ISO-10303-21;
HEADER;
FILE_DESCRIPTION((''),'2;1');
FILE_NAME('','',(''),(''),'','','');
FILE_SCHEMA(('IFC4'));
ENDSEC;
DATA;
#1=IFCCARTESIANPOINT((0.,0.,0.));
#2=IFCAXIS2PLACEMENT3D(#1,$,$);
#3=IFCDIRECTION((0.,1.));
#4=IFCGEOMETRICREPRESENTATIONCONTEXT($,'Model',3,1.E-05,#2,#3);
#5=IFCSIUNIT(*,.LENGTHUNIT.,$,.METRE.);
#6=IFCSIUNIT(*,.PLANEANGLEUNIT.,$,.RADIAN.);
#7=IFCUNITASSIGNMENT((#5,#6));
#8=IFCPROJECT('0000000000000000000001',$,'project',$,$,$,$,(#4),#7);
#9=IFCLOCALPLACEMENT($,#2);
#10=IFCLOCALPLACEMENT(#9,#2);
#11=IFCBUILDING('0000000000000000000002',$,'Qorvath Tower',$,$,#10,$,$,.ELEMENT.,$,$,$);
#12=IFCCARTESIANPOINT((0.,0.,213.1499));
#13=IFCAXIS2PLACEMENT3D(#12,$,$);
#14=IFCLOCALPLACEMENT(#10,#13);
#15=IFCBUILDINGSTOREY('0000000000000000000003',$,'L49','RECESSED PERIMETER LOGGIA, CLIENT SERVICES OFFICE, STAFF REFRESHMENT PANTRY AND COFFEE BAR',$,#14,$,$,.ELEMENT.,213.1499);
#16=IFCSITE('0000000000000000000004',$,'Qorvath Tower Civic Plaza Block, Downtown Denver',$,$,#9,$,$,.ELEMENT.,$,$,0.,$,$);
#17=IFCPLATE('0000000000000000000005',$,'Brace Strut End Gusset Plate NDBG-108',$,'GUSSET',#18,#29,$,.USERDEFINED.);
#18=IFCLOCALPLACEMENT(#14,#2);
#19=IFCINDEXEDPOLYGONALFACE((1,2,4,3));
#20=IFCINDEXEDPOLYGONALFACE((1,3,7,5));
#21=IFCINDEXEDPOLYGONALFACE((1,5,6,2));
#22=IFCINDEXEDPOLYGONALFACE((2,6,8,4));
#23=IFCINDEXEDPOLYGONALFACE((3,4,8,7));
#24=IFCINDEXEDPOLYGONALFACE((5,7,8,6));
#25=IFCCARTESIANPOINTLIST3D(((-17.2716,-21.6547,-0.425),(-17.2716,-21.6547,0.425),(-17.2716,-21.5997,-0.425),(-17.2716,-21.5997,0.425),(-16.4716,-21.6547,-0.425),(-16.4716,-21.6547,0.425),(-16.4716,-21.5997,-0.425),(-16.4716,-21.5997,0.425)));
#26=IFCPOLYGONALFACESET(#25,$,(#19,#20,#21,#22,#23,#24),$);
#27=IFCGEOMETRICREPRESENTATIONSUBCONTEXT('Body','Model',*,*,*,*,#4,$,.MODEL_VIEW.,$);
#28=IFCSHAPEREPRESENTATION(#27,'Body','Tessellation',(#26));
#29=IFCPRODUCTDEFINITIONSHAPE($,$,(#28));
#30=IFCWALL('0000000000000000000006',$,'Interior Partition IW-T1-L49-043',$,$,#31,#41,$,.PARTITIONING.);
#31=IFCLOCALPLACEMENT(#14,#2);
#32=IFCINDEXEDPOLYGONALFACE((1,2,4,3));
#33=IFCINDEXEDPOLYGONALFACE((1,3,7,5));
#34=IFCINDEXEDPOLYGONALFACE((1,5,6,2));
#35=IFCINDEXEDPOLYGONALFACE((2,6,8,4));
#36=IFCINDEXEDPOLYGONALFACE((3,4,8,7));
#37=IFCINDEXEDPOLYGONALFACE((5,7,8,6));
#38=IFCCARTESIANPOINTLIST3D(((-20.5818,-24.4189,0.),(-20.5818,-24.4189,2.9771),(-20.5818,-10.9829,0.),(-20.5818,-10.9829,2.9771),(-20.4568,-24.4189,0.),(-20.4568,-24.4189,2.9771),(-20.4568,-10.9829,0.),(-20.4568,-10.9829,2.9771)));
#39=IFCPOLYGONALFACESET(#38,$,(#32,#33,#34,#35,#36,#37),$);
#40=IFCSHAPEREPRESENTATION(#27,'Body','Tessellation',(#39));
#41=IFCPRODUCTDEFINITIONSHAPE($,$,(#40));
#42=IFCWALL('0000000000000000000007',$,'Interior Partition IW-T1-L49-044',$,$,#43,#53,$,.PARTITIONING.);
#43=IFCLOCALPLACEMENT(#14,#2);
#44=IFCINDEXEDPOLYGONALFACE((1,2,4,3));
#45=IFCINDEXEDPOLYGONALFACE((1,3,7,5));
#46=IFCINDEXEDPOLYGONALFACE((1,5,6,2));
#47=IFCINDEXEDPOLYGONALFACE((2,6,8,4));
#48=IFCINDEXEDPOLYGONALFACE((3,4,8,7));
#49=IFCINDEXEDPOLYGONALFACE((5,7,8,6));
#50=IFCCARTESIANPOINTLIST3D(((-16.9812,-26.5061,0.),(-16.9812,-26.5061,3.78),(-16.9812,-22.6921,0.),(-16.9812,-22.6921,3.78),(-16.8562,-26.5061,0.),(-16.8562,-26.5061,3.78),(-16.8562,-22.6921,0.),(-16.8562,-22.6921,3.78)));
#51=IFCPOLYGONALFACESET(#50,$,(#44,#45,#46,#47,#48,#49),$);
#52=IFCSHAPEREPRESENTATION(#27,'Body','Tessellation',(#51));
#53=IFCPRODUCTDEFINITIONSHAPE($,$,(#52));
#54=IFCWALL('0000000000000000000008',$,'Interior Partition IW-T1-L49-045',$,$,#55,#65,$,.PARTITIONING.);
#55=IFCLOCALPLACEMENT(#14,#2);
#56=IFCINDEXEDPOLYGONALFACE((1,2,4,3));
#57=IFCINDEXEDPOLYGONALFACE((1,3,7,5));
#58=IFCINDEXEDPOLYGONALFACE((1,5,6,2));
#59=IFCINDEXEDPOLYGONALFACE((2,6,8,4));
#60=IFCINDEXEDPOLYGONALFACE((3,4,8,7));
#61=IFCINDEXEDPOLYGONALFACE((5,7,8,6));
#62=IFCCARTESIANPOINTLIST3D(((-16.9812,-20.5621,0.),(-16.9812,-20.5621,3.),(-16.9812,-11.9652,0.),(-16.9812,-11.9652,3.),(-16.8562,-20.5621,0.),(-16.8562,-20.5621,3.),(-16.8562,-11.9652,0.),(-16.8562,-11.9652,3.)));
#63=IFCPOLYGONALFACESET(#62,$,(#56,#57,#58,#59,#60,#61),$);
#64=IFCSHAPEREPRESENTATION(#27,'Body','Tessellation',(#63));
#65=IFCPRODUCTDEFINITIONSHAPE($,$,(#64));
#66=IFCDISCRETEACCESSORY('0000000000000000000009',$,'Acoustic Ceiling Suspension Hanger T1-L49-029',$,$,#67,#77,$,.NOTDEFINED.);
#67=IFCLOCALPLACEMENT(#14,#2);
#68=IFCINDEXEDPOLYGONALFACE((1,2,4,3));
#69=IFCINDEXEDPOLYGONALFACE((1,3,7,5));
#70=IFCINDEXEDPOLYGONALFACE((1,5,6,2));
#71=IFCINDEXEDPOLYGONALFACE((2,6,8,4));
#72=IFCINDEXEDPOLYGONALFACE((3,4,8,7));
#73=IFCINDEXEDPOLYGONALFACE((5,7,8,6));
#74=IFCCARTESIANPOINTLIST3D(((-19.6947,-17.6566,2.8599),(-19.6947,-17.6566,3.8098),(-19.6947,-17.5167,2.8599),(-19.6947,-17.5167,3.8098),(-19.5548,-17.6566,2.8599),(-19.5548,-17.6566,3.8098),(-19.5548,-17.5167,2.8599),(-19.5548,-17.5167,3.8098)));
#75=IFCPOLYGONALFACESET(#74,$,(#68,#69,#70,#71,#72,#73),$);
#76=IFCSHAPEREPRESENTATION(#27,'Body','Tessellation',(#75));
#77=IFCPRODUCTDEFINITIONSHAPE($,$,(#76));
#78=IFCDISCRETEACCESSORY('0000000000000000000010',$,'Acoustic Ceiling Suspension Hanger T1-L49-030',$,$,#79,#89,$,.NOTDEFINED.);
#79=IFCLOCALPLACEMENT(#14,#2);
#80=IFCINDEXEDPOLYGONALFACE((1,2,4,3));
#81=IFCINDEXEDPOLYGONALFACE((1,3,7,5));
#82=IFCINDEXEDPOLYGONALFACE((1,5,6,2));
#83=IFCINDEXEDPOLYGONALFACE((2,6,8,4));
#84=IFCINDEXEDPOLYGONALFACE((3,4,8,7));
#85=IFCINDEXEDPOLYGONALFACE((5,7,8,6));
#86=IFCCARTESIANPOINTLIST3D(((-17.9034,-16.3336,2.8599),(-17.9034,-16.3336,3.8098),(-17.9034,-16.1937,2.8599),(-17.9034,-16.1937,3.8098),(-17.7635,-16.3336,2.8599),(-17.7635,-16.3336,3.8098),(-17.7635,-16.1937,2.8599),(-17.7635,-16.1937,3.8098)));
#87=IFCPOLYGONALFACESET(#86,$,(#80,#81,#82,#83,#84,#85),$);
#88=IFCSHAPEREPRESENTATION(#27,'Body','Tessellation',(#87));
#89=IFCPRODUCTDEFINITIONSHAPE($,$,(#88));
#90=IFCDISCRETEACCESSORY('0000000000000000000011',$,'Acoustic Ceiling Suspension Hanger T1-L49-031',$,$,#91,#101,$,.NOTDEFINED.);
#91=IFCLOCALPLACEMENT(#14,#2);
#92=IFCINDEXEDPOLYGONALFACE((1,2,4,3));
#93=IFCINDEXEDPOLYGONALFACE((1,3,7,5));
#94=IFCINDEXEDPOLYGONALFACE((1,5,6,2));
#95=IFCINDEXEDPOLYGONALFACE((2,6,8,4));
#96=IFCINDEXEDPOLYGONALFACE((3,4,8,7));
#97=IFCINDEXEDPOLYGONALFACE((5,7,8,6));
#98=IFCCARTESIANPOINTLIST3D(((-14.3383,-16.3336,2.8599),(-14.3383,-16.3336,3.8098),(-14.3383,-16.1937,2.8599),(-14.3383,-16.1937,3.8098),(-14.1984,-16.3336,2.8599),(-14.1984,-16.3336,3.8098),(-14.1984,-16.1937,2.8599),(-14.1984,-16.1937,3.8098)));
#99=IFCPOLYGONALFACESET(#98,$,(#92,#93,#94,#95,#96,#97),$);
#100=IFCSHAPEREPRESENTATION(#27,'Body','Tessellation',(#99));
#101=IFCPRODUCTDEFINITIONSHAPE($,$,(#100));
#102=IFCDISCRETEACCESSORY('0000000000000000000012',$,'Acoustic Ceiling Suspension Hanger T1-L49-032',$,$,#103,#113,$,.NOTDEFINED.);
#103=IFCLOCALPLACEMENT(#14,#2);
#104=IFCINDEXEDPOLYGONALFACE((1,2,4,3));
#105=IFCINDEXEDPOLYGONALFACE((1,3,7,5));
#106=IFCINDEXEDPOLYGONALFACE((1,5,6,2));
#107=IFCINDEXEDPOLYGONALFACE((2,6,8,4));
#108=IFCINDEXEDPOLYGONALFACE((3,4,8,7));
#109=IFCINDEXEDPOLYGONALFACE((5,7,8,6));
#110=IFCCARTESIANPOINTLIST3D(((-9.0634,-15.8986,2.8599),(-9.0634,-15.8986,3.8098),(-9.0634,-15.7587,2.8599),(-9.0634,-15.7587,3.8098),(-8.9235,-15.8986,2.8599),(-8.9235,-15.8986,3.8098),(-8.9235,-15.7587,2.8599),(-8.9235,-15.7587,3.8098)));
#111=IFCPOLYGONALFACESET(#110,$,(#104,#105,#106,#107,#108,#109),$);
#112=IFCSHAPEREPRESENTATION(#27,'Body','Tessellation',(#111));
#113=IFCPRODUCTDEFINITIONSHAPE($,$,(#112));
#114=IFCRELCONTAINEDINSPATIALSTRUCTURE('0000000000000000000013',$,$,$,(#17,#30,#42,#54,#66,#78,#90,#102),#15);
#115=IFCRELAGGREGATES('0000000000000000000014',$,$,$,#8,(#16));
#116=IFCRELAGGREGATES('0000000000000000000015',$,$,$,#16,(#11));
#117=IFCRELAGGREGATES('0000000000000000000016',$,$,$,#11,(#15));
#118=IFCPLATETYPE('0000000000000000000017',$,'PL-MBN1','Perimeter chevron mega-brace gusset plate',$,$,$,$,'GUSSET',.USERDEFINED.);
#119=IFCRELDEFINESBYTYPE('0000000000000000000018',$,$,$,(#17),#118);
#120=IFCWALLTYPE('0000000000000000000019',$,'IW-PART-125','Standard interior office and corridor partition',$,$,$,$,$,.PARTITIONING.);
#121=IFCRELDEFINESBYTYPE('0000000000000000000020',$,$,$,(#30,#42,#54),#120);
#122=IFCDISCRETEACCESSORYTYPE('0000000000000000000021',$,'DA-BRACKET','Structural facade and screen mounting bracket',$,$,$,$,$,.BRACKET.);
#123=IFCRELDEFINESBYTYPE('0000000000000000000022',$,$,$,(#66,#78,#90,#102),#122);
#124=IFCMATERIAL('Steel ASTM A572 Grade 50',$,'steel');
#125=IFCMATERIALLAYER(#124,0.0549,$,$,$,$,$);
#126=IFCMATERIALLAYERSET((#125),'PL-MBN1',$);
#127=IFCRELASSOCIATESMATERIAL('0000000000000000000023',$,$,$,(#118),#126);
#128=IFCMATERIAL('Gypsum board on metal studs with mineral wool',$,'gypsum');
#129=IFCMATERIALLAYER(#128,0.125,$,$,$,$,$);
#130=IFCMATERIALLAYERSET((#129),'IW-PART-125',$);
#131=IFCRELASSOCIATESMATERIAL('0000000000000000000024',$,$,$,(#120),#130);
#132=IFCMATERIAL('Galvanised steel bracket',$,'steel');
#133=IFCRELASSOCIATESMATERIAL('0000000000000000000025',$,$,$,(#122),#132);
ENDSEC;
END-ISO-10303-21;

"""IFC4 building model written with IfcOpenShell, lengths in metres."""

from ifc_helpers import new_model, si_unit, direction, frame, frame_2d, origin, origin_2d, place, context, subcontext, project, spatial, rectangle, extrude, material, layer, layer_set, type_object, element, save


model = new_model("IFC4")

# Units and contexts
model_context = context("Model", 3, precision=1e-05, world=origin(), true_north=direction((0.0, 1.0)))
body_context = subcontext(model_context, "Body", "Model", "MODEL_VIEW")
ifc_project = project(units=[si_unit("LENGTHUNIT", "METRE"), si_unit("PLANEANGLEUNIT", "RADIAN")], contexts=[model_context])

# Site, building, storey
site_placement = place(None, origin())
site = spatial("IfcSite", under=ifc_project, at=site_placement, Name="Qorvath Tower Civic Plaza Block, Downtown Denver", CompositionType="ELEMENT", RefElevation=0.0)
building_placement = place(site_placement, origin())
building = spatial("IfcBuilding", under=site, at=building_placement, Name="Qorvath Tower", CompositionType="ELEMENT")
storey_placement = place(building_placement, frame((0.0, 0.0, 213.1499)))
storey = spatial("IfcBuildingStorey", under=building, at=storey_placement, Name="L49", Description="RECESSED PERIMETER LOGGIA, CLIENT SERVICES OFFICE, STAFF REFRESHMENT PANTRY AND COFFEE BAR", CompositionType="ELEMENT", Elevation=213.1499)

# Plate
ifc_material_1 = material(Name="Steel ASTM A572 Grade 50", Category="steel")
ifc_layer_1 = layer(ifc_material_1, 0.0549)
ifc_layer_set_1 = layer_set([ifc_layer_1], Name="PL-MBN1")
plate_type_1 = type_object("IfcPlateType", Name="PL-MBN1", Description="Perimeter chevron mega-brace gusset plate", ElementType="GUSSET", PredefinedType="USERDEFINED", material=ifc_layer_set_1)
plate_1_placement = place(storey_placement, frame((-16.8716, -21.6272, -0.425), z_axis=(0.0, 0.0, 1.0), x_axis=(1.0, 0.0, 0.0)))
element("IfcPlate", 1, at=plate_1_placement, inside=storey, type_object=plate_type_1, Name="Brace Strut End Gusset Plate NDBG-108", ObjectType="GUSSET", PredefinedType="USERDEFINED", context=body_context, shape_type="SweptSolid", body=[
    extrude(rectangle(XDim=0.8, YDim=0.0549, at=origin_2d()), origin(), (0.0, 0.0, 1.0), 0.8501),
])

# Walls
ifc_material_2 = material(Name="Gypsum board on metal studs with mineral wool", Category="gypsum")
ifc_layer_2 = layer(ifc_material_2, 0.125)
ifc_layer_set_2 = layer_set([ifc_layer_2], Name="IW-PART-125")
wall_type = type_object("IfcWallType", Name="IW-PART-125", Description="Standard interior office and corridor partition", PredefinedType="PARTITIONING", material=ifc_layer_set_2)
wall_1_placement = place(storey_placement, frame((-20.5193, -24.4189, 0.0), z_axis=(0.0, 0.0, 1.0), x_axis=(0.0, 1.0, 0.0)))
element("IfcWall", 2, at=wall_1_placement, inside=storey, type_object=wall_type, Name="Interior Partition IW-T1-L49-043", PredefinedType="PARTITIONING", context=body_context, shape_type="SweptSolid", body=[
    extrude(rectangle(XDim=13.436, YDim=0.125, at=frame_2d((6.718, 0.0))), origin(), (0.0, 0.0, 1.0), 2.9771),
])
wall_2_placement = place(storey_placement, frame((-16.9187, -26.5061, 0.0), z_axis=(0.0, 0.0, 1.0), x_axis=(0.0, 1.0, 0.0)))
element("IfcWall", 3, at=wall_2_placement, inside=storey, type_object=wall_type, Name="Interior Partition IW-T1-L49-044", PredefinedType="PARTITIONING", context=body_context, shape_type="SweptSolid", body=[
    extrude(rectangle(XDim=3.814, YDim=0.125, at=frame_2d((1.907, 0.0))), origin(), (0.0, 0.0, 1.0), 3.78),
])
wall_3_placement = place(storey_placement, frame((-16.9187, -20.562, 0.0), z_axis=(0.0, 0.0, 1.0), x_axis=(0.0, 1.0, 0.0)))
element("IfcWall", 4, at=wall_3_placement, inside=storey, type_object=wall_type, Name="Interior Partition IW-T1-L49-045", PredefinedType="PARTITIONING", context=body_context, shape_type="SweptSolid", body=[
    extrude(rectangle(XDim=8.5969, YDim=0.125, at=frame_2d((4.2983, 0.0))), origin(), (0.0, 0.0, 1.0), 3.0),
])

# Discrete accessories
ifc_material_3 = material(Name="Galvanised steel bracket", Category="steel")
discrete_accessory_type = type_object("IfcDiscreteAccessoryType", Name="DA-BRACKET", Description="Structural facade and screen mounting bracket", PredefinedType="BRACKET", material=ifc_material_3)
for number, where, z_axis, x_axis, name in (
    (5, (-19.6248, -17.5867, 2.8599), (0.0, 0.0, 1.0), (1.0, 0.0, 0.0), "Acoustic Ceiling Suspension Hanger T1-L49-029"),
    (6, (-17.8335, -16.2637, 2.8599), (0.0, 0.0, 1.0), (1.0, 0.0, 0.0), "Acoustic Ceiling Suspension Hanger T1-L49-030"),
    (7, (-14.2683, -16.2637, 2.8599), (0.0, 0.0, 1.0), (1.0, 0.0, 0.0), "Acoustic Ceiling Suspension Hanger T1-L49-031"),
    (8, (-8.9934, -15.8286, 2.8599), (0.0, 0.0, 1.0), (1.0, 0.0, 0.0), "Acoustic Ceiling Suspension Hanger T1-L49-032"),
):
    element("IfcDiscreteAccessory", number, at=place(storey_placement, frame(where, z_axis=z_axis, x_axis=x_axis)), inside=storey, type_object=discrete_accessory_type, Name=name, PredefinedType="NOTDEFINED", context=body_context, shape_type="SweptSolid", body=[
        extrude(rectangle(XDim=0.1399, YDim=0.1399, at=origin_2d()), origin(), (0.0, 0.0, 1.0), 0.95),
    ])

save(model, "model.ifc")
